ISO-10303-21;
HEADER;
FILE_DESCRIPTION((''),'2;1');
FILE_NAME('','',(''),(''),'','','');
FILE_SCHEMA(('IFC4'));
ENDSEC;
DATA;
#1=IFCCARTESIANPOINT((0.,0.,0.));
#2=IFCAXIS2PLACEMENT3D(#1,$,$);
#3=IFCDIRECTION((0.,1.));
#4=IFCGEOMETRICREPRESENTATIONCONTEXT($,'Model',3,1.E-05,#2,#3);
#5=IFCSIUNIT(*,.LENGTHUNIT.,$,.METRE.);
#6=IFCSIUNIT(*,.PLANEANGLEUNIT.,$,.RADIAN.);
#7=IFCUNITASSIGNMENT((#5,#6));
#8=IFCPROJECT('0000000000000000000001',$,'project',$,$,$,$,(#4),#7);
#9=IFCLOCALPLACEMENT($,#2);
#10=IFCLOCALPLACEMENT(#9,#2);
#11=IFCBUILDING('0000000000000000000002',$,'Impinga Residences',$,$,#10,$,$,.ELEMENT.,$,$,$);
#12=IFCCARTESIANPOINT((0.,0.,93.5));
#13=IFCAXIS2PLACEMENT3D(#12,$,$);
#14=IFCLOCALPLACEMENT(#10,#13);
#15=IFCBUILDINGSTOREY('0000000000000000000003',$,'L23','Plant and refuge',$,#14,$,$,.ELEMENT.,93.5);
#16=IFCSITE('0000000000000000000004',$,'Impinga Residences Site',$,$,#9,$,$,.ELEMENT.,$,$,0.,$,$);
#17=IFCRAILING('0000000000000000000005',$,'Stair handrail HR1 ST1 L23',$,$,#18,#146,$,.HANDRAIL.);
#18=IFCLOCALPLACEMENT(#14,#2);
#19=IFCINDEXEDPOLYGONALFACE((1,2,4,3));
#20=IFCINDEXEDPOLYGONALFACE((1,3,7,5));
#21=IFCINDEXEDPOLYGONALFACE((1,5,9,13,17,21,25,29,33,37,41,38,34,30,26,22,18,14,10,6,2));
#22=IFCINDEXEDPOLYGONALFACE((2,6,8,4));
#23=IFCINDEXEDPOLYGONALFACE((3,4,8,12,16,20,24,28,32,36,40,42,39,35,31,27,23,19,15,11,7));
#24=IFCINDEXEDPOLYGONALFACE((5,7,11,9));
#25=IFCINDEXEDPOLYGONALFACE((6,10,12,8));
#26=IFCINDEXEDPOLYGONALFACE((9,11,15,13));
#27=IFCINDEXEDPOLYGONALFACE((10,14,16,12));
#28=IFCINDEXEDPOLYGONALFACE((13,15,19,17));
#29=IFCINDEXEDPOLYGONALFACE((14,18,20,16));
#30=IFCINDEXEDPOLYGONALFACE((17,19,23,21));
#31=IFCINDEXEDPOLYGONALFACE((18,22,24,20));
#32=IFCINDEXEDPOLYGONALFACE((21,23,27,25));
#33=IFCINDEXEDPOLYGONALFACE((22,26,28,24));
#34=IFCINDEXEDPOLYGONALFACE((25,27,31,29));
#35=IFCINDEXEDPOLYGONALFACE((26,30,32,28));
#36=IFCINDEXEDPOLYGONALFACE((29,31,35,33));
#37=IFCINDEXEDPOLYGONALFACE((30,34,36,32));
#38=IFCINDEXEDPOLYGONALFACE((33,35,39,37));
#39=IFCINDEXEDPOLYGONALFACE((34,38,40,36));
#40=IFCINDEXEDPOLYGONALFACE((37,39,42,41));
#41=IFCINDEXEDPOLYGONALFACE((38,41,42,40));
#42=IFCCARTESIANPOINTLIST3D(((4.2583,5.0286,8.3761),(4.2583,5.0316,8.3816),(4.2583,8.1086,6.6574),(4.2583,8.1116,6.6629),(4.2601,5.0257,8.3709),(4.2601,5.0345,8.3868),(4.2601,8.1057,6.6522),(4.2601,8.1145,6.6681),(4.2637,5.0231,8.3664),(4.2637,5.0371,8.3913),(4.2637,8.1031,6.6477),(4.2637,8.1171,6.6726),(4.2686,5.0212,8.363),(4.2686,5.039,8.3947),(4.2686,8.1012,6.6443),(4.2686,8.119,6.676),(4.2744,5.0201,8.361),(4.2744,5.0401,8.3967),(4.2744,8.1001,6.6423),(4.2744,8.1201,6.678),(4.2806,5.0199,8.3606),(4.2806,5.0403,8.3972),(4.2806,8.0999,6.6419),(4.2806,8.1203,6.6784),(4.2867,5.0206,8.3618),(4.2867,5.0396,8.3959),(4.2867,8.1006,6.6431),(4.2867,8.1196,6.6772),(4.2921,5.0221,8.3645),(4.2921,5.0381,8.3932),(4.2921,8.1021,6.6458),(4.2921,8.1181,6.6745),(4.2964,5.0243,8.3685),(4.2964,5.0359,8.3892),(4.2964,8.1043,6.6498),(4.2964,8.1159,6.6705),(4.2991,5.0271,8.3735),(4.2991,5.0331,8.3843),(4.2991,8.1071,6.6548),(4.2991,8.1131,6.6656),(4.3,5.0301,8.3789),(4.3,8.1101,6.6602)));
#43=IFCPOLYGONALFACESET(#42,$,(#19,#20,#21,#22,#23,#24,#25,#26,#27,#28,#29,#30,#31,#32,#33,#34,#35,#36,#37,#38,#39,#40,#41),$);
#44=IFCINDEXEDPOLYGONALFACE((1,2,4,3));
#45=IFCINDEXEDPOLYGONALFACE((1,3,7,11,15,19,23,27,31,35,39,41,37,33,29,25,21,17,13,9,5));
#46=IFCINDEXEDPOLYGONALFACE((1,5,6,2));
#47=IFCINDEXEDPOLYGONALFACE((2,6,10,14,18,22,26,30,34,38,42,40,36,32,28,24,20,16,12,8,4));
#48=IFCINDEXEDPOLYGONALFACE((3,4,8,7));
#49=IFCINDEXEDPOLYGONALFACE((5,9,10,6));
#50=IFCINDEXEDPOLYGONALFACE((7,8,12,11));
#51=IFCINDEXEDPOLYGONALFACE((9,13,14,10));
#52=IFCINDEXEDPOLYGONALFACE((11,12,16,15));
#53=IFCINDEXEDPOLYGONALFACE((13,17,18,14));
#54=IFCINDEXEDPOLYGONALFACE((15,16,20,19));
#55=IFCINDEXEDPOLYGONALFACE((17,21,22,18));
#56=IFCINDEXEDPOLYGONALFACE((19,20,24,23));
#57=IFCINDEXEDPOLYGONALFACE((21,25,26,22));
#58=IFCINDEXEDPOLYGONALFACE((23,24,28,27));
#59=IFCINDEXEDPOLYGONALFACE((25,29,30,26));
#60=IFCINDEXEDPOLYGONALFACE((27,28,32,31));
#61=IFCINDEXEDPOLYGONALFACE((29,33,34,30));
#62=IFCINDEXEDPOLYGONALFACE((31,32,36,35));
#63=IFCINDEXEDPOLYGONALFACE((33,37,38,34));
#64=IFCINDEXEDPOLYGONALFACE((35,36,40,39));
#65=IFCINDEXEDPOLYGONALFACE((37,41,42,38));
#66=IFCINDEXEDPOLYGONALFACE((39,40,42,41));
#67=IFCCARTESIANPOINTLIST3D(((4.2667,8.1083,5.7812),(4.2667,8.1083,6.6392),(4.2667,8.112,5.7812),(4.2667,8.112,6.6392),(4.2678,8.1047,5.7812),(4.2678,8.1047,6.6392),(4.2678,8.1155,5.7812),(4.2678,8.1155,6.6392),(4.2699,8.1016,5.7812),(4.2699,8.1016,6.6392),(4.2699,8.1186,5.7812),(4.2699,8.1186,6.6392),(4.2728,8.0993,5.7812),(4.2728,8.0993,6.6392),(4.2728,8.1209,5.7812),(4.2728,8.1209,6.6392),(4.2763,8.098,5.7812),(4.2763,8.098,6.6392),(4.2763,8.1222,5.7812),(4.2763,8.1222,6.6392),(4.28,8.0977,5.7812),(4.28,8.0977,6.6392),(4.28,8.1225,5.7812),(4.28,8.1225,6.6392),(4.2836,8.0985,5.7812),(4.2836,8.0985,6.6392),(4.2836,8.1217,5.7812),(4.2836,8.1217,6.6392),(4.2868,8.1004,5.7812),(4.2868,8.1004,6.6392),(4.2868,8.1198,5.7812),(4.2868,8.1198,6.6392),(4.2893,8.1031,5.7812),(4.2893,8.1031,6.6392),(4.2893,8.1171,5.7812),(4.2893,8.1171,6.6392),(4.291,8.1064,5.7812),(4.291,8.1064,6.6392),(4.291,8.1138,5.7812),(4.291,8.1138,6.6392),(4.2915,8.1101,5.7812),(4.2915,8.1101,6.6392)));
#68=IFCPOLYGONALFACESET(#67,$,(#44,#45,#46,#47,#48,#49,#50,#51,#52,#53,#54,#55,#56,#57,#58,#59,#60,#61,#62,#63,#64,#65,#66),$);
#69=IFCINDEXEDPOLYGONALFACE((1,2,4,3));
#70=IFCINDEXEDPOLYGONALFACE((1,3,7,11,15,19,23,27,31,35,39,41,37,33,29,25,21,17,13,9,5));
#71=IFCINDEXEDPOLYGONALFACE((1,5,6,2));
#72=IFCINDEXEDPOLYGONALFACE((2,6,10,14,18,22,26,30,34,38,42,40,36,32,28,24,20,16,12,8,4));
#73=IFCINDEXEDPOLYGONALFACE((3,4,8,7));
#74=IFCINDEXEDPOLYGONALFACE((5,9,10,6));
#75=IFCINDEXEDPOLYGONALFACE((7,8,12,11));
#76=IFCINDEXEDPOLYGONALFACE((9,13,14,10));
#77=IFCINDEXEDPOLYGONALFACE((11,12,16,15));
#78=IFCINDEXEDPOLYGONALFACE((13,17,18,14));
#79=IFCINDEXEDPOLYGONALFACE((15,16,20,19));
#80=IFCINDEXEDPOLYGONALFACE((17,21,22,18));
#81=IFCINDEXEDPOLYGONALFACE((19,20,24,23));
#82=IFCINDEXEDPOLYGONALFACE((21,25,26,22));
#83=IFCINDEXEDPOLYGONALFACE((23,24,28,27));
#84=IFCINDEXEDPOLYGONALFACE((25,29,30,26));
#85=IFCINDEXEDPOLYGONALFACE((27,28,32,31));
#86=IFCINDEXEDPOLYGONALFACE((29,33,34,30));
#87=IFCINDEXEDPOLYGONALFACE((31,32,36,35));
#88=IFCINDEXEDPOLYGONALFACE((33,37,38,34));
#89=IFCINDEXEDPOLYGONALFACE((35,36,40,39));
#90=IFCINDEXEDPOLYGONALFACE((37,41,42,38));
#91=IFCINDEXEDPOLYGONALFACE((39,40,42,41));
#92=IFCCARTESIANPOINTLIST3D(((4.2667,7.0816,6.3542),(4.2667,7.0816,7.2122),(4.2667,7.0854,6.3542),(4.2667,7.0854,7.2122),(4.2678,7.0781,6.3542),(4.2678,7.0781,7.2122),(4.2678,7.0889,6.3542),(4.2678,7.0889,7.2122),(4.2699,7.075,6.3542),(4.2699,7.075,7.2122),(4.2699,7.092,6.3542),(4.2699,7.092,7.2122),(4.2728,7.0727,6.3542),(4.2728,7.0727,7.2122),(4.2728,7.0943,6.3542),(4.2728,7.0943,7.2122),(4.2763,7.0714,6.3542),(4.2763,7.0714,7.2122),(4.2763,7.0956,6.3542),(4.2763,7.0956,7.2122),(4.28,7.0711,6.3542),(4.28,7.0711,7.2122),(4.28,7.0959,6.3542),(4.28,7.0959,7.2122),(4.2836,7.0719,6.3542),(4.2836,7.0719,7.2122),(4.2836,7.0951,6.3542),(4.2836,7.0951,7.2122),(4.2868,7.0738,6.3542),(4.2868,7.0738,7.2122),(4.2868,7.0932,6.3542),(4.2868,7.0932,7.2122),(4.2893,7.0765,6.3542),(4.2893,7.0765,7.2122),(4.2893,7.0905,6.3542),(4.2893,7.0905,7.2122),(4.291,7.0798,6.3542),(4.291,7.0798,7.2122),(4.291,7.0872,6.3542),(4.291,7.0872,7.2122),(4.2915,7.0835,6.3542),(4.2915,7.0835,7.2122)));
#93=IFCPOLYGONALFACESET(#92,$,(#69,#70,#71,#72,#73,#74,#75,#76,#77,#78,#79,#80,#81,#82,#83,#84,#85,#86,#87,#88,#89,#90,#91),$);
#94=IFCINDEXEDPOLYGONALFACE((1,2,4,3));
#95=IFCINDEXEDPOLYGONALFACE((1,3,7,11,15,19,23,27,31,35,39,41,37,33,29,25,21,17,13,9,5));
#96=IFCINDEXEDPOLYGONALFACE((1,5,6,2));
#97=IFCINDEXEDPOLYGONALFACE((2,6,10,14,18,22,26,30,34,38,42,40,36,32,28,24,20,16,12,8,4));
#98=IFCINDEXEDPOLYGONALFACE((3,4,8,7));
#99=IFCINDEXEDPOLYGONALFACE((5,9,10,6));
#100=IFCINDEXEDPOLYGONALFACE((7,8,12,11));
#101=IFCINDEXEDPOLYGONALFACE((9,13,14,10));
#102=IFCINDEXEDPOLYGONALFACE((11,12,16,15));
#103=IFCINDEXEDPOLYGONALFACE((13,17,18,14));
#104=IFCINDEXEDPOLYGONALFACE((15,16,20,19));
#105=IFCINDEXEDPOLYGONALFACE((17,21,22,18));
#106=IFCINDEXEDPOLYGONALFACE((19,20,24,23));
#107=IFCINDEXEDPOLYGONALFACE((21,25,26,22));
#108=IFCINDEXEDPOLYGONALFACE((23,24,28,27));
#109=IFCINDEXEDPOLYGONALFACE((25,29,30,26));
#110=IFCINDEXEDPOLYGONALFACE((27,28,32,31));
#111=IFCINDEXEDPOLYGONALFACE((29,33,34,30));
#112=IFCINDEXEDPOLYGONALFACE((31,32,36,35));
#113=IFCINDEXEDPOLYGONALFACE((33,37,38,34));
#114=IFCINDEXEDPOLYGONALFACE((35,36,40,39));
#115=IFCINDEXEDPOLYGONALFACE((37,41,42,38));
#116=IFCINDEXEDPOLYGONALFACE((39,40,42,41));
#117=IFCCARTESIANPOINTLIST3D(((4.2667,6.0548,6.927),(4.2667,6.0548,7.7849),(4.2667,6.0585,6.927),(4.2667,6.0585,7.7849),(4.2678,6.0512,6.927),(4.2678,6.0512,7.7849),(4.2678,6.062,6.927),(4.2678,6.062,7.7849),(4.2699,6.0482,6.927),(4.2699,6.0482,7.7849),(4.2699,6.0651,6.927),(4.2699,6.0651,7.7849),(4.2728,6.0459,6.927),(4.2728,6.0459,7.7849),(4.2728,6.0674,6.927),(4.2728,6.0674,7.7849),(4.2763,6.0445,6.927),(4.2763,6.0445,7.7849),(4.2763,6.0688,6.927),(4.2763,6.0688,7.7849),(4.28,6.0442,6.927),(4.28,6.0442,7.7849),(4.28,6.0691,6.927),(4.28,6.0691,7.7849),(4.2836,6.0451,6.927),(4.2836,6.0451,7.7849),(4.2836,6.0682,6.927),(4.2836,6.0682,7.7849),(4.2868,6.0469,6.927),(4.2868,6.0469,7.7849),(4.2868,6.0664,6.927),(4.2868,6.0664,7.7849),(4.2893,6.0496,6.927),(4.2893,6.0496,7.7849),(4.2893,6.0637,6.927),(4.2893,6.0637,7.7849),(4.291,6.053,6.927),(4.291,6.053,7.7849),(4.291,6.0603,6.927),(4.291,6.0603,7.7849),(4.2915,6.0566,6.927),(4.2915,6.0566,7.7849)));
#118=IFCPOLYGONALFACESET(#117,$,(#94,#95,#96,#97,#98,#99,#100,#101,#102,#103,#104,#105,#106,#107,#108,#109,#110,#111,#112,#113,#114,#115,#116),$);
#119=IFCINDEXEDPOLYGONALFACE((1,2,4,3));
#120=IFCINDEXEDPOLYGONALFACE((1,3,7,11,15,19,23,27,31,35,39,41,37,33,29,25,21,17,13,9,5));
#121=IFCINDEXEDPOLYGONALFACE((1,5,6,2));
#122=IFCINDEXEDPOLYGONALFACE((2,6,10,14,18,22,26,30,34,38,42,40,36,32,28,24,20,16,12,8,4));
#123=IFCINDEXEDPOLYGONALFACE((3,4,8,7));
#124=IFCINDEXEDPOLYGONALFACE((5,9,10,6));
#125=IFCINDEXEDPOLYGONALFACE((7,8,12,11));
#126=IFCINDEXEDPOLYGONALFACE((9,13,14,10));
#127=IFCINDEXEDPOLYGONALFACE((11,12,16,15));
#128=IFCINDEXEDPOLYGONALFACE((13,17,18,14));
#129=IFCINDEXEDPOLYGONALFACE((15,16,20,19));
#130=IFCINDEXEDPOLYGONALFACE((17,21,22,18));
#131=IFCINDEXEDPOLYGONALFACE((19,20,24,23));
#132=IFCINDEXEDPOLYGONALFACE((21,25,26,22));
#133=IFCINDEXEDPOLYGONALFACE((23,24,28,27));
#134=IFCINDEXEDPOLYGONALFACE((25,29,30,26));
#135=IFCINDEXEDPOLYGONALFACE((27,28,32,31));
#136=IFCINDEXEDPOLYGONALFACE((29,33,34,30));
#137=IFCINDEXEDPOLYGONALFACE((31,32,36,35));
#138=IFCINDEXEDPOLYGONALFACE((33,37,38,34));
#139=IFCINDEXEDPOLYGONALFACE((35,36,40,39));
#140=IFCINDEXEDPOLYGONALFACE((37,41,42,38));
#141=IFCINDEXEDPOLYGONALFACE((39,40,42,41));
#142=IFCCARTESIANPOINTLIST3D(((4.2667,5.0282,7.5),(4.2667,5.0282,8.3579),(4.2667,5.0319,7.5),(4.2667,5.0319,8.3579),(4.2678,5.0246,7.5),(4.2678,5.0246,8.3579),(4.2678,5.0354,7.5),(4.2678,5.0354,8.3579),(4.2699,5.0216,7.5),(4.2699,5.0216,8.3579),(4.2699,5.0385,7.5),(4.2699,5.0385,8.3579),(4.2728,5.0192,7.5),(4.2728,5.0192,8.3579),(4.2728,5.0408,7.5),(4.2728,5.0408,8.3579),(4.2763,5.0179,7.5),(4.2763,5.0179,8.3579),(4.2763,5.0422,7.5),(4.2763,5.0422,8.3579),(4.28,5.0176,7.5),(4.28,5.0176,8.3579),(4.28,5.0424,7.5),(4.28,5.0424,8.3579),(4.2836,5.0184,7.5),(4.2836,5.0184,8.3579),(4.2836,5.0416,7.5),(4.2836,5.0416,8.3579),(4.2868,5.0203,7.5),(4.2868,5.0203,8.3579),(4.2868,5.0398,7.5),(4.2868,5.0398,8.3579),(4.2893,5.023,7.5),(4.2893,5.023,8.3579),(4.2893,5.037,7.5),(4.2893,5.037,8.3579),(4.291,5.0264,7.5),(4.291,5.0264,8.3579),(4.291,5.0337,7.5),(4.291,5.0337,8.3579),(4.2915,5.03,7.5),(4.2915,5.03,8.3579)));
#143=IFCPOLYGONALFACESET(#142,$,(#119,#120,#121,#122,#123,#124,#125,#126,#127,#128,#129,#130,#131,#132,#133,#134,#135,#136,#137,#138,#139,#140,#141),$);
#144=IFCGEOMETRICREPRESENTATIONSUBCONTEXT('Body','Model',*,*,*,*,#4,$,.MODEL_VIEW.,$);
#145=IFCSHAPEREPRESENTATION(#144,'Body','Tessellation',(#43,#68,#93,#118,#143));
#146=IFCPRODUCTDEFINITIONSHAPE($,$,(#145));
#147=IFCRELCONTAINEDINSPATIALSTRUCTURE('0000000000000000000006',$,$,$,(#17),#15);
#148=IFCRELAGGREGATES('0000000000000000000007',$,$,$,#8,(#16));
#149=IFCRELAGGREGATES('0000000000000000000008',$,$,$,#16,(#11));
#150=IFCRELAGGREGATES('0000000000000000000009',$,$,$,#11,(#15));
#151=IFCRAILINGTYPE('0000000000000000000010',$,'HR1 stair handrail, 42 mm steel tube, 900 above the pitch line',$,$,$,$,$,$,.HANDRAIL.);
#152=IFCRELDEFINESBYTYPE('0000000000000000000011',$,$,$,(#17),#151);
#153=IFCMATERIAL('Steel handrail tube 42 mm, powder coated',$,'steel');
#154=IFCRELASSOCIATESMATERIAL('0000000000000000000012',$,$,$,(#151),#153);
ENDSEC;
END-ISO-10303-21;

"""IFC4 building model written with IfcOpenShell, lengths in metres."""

from ifc_helpers import new_model, si_unit, direction, frame, origin, origin_2d, place, context, subcontext, project, spatial, circle, extrude, material, type_object, element, save


model = new_model("IFC4")

# Units and contexts
model_context = context("Model", 3, precision=1e-05, world=origin(), true_north=direction((0.0, 1.0)))
body_context = subcontext(model_context, "Body", "Model", "MODEL_VIEW")
ifc_project = project(units=[si_unit("LENGTHUNIT", "METRE"), si_unit("PLANEANGLEUNIT", "RADIAN")], contexts=[model_context])

# Site, building, storey
site_placement = place(None, origin())
site = spatial("IfcSite", under=ifc_project, at=site_placement, Name="Impinga Residences Site", CompositionType="ELEMENT", RefElevation=0.0)
building_placement = place(site_placement, origin())
building = spatial("IfcBuilding", under=site, at=building_placement, Name="Impinga Residences", CompositionType="ELEMENT")
storey_placement = place(building_placement, frame((0.0, 0.0, 93.5)))
storey = spatial("IfcBuildingStorey", under=building, at=storey_placement, Name="L23", Description="Plant and refuge", CompositionType="ELEMENT", Elevation=93.5)

# Railing
ifc_material_1 = material(Name="Steel handrail tube 42 mm, powder coated", Category="steel")
railing_type_1 = type_object("IfcRailingType", Name="HR1 stair handrail, 42 mm steel tube, 900 above the pitch line", PredefinedType="HANDRAIL", material=ifc_material_1)
for number, where, name in (
    (1, (4.2791, 8.1101, 5.7812), "Stair handrail HR1 ST1 L23"),
):
    element("IfcRailing", number, at=place(storey_placement, frame(where)), inside=storey, type_object=railing_type_1, Name=name, PredefinedType="HANDRAIL", context=body_context, shape_type="SweptSolid", body=[
        extrude(circle(Radius=0.021, at=origin_2d()), frame((0.0, 0.0, 0.8789), z_axis=(0.0, -0.873242, 0.487288), x_axis=(1.0, 0.0, 0.0)), (0.0, 0.0, 1.0), 3.5271),
        extrude(circle(Radius=0.0125, at=origin_2d()), origin(), (0.0, 0.0, 1.0), 0.8579),
        extrude(circle(Radius=0.0125, at=origin_2d()), frame((0.0, -1.0266, 0.573)), (0.0, 0.0, 1.0), 0.8579),
        extrude(circle(Radius=0.0125, at=origin_2d()), frame((0.0, -2.0535, 1.1458)), (0.0, 0.0, 1.0), 0.8579),
        extrude(circle(Radius=0.0125, at=origin_2d()), frame((0.0, -3.0801, 1.7188)), (0.0, 0.0, 1.0), 0.8579),
    ])

save(model, "model.ifc")
